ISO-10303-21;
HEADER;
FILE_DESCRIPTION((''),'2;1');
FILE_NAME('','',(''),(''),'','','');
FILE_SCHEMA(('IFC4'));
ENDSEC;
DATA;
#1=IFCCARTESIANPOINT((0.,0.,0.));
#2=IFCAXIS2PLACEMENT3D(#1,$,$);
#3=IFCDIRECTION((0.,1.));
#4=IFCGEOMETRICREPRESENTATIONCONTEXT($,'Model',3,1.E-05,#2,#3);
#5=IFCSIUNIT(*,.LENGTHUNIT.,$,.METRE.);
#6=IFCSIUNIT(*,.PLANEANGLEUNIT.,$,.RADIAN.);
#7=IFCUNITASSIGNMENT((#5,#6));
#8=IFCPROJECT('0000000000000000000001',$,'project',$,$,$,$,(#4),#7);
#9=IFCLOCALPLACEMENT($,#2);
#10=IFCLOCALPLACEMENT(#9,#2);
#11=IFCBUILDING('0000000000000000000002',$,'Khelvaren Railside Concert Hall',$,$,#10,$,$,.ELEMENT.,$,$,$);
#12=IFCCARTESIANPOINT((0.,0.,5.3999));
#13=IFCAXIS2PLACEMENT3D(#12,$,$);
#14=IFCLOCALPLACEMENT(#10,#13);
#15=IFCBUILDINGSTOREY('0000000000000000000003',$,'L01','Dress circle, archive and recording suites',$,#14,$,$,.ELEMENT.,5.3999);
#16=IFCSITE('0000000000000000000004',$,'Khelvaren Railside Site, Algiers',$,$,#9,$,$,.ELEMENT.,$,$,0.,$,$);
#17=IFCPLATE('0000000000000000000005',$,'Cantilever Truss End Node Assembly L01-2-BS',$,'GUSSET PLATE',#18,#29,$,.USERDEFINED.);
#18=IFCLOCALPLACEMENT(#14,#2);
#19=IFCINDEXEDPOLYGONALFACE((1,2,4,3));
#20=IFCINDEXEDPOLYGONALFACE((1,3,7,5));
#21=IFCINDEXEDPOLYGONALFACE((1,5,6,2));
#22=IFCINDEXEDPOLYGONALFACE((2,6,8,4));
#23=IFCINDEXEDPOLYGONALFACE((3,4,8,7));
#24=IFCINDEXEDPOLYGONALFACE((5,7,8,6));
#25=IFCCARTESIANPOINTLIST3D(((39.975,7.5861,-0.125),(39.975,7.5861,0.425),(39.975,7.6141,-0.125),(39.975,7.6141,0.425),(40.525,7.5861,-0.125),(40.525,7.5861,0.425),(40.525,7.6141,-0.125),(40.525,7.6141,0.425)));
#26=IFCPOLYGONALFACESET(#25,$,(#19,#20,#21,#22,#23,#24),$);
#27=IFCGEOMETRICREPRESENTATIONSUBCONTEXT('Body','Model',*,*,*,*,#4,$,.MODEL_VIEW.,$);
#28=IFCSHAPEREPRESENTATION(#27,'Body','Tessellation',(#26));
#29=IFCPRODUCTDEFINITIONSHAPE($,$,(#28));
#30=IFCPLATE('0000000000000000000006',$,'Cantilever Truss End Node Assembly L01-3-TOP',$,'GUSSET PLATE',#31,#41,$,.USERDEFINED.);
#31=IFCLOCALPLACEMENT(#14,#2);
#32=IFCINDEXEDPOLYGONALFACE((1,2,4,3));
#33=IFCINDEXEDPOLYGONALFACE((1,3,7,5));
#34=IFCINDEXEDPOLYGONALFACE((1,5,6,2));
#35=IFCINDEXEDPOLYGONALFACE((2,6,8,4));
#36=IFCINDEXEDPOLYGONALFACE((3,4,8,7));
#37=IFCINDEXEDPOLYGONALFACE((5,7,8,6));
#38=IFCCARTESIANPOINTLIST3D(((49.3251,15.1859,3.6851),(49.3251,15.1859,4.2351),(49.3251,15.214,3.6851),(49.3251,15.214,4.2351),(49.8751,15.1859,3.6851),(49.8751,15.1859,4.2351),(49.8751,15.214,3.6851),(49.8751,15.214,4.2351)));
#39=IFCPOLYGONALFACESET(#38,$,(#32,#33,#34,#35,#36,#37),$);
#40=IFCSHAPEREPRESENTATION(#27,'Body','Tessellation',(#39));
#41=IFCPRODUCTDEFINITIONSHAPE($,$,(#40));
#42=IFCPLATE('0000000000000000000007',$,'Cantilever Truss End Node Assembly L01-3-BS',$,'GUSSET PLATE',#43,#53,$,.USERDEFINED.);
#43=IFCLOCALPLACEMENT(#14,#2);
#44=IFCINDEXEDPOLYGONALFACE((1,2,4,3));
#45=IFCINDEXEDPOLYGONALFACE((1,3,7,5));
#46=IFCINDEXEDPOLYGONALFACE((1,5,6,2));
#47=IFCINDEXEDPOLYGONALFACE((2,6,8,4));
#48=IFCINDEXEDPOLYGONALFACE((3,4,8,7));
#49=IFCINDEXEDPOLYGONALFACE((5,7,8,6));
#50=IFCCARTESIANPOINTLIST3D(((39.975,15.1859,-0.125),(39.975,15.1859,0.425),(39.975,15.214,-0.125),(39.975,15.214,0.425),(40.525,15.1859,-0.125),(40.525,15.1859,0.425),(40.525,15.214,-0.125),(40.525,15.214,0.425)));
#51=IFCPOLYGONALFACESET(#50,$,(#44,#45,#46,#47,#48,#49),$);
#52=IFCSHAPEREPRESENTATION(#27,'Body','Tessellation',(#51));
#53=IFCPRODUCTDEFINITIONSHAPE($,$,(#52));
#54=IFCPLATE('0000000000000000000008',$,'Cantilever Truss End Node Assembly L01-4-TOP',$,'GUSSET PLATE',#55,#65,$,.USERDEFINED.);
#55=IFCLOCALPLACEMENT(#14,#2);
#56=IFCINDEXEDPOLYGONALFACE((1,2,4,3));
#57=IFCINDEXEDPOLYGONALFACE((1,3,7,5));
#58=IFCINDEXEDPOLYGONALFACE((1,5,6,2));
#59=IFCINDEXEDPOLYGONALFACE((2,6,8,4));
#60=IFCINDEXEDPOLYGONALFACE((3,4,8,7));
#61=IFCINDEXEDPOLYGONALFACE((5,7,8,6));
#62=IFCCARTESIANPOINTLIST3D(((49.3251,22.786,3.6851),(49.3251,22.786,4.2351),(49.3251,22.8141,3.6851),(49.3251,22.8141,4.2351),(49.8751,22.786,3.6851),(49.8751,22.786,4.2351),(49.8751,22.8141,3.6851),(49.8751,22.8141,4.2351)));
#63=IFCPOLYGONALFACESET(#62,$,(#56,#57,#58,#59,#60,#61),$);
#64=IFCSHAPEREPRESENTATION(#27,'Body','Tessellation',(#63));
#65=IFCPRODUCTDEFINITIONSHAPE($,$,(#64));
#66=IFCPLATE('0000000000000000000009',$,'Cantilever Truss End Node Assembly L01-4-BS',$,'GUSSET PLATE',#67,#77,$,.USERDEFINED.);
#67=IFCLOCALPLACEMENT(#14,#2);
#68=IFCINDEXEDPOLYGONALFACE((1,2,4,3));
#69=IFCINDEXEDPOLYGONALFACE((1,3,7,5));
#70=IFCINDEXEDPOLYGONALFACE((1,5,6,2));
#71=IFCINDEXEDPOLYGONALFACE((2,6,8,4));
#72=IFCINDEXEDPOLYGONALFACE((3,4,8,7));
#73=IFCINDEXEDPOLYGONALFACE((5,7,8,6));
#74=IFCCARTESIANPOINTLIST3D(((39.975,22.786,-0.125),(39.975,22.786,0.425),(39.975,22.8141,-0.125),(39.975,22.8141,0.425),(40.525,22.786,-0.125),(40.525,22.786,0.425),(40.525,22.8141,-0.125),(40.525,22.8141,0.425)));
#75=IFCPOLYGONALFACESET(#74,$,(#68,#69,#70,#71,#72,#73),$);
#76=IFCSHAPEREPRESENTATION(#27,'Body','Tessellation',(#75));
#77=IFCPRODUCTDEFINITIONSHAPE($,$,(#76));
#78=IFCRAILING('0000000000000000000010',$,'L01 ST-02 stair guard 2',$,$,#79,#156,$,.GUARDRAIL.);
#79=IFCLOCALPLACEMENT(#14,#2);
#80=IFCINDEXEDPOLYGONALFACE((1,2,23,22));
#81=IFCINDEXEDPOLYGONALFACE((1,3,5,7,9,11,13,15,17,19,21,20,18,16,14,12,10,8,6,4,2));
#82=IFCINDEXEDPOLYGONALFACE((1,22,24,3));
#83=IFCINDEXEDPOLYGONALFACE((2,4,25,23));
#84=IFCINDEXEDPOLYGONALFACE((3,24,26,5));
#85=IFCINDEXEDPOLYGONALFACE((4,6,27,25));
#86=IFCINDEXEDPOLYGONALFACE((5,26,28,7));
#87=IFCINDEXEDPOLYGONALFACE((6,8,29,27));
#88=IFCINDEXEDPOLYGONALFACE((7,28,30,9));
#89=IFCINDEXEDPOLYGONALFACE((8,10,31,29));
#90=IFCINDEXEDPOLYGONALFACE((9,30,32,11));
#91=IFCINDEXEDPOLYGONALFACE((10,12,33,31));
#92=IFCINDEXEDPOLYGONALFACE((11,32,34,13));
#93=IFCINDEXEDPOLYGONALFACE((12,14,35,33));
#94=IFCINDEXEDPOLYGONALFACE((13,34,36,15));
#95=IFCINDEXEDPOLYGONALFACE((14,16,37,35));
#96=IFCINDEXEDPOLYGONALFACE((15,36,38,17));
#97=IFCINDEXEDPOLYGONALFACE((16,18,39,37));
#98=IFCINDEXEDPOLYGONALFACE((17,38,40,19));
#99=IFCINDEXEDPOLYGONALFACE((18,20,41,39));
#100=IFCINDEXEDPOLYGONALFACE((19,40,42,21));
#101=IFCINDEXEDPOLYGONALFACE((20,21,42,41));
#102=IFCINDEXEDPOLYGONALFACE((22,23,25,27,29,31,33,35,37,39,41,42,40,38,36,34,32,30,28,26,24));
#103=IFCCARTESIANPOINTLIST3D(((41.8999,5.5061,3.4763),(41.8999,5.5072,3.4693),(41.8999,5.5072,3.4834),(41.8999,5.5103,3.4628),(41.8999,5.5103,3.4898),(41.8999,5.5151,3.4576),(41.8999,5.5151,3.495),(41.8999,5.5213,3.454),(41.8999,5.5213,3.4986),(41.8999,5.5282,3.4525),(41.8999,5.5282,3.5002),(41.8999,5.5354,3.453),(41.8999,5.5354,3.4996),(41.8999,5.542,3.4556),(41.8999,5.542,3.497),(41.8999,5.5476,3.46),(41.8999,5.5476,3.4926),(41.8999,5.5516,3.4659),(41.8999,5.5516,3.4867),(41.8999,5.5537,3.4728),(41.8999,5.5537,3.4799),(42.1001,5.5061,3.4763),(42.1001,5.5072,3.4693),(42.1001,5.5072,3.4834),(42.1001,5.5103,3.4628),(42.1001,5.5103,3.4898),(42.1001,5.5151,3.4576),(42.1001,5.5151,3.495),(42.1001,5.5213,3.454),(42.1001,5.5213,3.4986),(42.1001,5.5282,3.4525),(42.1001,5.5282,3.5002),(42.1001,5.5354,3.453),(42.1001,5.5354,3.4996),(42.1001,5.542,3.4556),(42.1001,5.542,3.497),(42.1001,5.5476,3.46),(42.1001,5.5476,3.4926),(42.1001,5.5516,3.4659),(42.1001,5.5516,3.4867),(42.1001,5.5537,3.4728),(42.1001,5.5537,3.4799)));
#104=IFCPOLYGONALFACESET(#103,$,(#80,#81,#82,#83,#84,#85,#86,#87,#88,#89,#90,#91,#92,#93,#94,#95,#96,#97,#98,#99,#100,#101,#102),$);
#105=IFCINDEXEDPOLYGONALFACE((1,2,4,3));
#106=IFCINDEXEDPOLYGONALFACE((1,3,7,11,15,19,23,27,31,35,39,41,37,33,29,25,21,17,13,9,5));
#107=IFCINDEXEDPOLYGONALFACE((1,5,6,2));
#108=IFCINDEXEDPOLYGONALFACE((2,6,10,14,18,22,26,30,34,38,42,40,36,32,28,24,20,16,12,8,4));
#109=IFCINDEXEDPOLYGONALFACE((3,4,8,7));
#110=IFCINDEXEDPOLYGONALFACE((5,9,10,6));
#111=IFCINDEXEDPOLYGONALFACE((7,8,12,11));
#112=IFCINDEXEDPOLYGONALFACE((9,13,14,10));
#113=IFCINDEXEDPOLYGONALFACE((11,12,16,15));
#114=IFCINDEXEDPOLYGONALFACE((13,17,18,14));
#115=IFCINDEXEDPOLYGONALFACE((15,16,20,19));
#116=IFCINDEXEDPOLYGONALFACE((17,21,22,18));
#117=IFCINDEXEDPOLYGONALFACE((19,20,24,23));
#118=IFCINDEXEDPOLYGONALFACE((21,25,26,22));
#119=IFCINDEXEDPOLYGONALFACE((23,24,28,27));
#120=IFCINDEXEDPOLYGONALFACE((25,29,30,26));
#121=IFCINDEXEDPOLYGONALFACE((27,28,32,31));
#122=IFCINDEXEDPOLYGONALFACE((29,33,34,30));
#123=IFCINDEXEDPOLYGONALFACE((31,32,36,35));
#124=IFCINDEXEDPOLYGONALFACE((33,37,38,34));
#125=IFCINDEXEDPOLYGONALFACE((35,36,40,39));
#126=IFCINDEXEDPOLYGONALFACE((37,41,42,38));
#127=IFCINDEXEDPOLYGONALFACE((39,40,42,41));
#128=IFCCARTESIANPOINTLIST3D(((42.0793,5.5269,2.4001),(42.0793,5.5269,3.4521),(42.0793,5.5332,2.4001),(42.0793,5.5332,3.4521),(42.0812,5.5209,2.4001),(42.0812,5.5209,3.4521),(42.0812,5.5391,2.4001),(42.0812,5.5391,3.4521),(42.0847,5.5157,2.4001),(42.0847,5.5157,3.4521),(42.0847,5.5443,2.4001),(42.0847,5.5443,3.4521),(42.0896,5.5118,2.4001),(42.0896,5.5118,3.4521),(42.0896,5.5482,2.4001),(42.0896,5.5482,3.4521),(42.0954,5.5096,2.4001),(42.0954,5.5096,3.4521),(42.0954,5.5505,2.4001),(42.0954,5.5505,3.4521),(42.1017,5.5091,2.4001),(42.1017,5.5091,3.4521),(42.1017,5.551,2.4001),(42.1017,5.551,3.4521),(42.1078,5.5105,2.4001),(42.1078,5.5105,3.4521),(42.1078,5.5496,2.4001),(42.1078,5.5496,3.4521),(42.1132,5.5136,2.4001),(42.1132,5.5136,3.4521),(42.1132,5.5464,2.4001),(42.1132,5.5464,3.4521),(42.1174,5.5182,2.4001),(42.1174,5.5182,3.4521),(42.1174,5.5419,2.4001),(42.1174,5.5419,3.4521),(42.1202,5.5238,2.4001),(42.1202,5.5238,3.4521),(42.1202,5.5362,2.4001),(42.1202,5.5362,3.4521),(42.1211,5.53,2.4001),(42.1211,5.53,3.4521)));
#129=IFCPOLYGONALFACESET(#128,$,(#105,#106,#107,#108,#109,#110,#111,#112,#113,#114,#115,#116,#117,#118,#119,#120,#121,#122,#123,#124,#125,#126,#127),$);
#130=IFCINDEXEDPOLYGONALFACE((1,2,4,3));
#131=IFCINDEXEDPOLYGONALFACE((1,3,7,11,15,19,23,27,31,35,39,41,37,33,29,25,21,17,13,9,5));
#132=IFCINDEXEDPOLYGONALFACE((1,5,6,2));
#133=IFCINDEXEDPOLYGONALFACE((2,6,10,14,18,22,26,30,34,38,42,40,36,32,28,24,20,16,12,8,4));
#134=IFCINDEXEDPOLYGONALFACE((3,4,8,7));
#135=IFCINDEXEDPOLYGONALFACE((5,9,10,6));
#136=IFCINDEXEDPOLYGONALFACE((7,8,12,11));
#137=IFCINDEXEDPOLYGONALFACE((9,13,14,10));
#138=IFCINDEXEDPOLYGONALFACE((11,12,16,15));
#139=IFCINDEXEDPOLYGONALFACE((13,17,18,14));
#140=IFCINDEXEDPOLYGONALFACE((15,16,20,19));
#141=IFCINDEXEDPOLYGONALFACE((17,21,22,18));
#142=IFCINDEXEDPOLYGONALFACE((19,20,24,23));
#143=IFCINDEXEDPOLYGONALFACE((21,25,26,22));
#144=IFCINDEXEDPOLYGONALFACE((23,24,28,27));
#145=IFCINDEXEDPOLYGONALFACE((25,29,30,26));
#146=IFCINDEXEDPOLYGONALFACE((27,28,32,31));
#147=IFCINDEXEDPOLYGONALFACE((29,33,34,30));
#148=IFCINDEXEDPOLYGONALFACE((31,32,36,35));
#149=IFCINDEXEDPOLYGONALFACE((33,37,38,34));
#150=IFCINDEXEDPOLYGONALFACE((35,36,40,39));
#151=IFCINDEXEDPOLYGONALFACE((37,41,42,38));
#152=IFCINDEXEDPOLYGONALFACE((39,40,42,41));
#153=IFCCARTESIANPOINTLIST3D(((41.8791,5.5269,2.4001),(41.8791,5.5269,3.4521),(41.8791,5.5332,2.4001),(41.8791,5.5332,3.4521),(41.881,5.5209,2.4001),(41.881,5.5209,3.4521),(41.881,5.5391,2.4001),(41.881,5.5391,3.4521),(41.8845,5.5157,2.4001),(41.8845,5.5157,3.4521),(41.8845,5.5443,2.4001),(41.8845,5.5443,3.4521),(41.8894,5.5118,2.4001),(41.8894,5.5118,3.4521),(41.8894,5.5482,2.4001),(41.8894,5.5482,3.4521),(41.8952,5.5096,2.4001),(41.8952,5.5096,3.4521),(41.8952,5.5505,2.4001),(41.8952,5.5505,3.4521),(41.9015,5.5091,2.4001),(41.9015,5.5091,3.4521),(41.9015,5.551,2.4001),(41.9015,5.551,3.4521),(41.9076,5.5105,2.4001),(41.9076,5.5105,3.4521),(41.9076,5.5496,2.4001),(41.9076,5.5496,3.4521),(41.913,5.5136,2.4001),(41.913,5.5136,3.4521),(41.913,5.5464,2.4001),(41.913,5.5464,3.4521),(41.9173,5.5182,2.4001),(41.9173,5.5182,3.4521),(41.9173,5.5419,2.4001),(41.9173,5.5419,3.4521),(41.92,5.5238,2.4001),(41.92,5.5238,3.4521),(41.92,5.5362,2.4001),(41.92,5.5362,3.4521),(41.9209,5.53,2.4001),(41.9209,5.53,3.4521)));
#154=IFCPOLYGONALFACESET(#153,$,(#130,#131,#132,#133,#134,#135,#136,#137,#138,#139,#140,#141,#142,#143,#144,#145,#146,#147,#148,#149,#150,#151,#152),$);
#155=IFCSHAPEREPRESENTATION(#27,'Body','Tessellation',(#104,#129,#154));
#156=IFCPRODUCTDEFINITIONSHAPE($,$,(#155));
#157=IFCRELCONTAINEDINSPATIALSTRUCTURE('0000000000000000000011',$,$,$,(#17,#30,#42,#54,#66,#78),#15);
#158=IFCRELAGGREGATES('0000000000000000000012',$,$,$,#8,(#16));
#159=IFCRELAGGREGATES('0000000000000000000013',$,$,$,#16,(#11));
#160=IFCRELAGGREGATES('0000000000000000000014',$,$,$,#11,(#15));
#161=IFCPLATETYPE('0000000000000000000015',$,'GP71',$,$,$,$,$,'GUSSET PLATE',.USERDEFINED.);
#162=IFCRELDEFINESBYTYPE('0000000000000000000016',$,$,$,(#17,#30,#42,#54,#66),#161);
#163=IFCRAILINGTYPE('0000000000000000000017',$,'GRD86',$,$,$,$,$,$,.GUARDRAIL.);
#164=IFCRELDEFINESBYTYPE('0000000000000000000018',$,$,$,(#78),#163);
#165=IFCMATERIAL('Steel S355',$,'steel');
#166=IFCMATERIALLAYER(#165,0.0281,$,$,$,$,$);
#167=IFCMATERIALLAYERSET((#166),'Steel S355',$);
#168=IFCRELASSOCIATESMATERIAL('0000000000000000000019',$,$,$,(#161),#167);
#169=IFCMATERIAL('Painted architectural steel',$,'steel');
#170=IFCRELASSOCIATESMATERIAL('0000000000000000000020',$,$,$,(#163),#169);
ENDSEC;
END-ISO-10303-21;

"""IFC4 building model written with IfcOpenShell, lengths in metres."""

from ifc_helpers import new_model, si_unit, direction, frame, origin, origin_2d, place, context, subcontext, project, spatial, rectangle, circle, extrude, material, layer, layer_set, type_object, element, save


model = new_model("IFC4")

# Units and contexts
model_context = context("Model", 3, precision=1e-05, world=origin(), true_north=direction((0.0, 1.0)))
body_context = subcontext(model_context, "Body", "Model", "MODEL_VIEW")
ifc_project = project(units=[si_unit("LENGTHUNIT", "METRE"), si_unit("PLANEANGLEUNIT", "RADIAN")], contexts=[model_context])

# Site, building, storey
site_placement = place(None, origin())
site = spatial("IfcSite", under=ifc_project, at=site_placement, Name="Khelvaren Railside Site, Algiers", CompositionType="ELEMENT", RefElevation=0.0)
building_placement = place(site_placement, origin())
building = spatial("IfcBuilding", under=site, at=building_placement, Name="Khelvaren Railside Concert Hall", CompositionType="ELEMENT")
storey_placement = place(building_placement, frame((0.0, 0.0, 5.3999)))
storey = spatial("IfcBuildingStorey", under=building, at=storey_placement, Name="L01", Description="Dress circle, archive and recording suites", CompositionType="ELEMENT", Elevation=5.3999)

# Shared definitions
ifc_material_1 = material(Name="Steel S355", Category="steel")

# Plates
ifc_layer = layer(ifc_material_1, 0.0281)
ifc_layer_set = layer_set([ifc_layer], Name="Steel S355")
plate_type = type_object("IfcPlateType", Name="GP71", ElementType="GUSSET PLATE", PredefinedType="USERDEFINED", material=ifc_layer_set)
for number, where, z_axis, x_axis, name in (
    (1, (40.25, 7.6001, -0.125), (0.0, 0.0, 1.0), (1.0, 0.0, 0.0), "Cantilever Truss End Node Assembly L01-2-BS"),
    (2, (49.6001, 15.2, 3.6851), (0.0, 0.0, 1.0), (1.0, 0.0, 0.0), "Cantilever Truss End Node Assembly L01-3-TOP"),
    (3, (40.25, 15.2, -0.125), (0.0, 0.0, 1.0), (1.0, 0.0, 0.0), "Cantilever Truss End Node Assembly L01-3-BS"),
    (4, (49.6001, 22.8, 3.6851), (0.0, 0.0, 1.0), (1.0, 0.0, 0.0), "Cantilever Truss End Node Assembly L01-4-TOP"),
    (5, (40.25, 22.8, -0.125), (0.0, 0.0, 1.0), (1.0, 0.0, 0.0), "Cantilever Truss End Node Assembly L01-4-BS"),
):
    element("IfcPlate", number, at=place(storey_placement, frame(where, z_axis=z_axis, x_axis=x_axis)), inside=storey, type_object=plate_type, Name=name, ObjectType="GUSSET PLATE", PredefinedType="USERDEFINED", context=body_context, shape_type="SweptSolid", body=[
        extrude(rectangle(XDim=0.55, YDim=0.0281, at=origin_2d()), origin(), (0.0, 0.0, 1.0), 0.55),
    ])

# Railing
ifc_material_2 = material(Name="Painted architectural steel", Category="steel")
railing_type = type_object("IfcRailingType", Name="GRD86", PredefinedType="GUARDRAIL", material=ifc_material_2)
railing_1_placement = place(storey_placement, frame((42.1001, 5.53, 2.4001)))
element("IfcRailing", 6, at=railing_1_placement, inside=storey, type_object=railing_type, Name="L01 ST-02 stair guard 2", PredefinedType="GUARDRAIL", context=body_context, shape_type="SweptSolid", body=[
    extrude(circle(Radius=0.0239, at=origin_2d()), frame((0.0, 0.0, 1.0762), z_axis=(-1.0, 0.0, 0.0), x_axis=(0.0, -1.0, 0.0)), (0.0, 0.0, 1.0), 0.2002),
    extrude(circle(Radius=0.021, at=origin_2d()), origin(), (0.0, 0.0, 1.0), 1.052),
    extrude(circle(Radius=0.021, at=origin_2d()), frame((-0.2002, 0.0, 0.0)), (0.0, 0.0, 1.0), 1.052),
])

save(model, "model.ifc")
